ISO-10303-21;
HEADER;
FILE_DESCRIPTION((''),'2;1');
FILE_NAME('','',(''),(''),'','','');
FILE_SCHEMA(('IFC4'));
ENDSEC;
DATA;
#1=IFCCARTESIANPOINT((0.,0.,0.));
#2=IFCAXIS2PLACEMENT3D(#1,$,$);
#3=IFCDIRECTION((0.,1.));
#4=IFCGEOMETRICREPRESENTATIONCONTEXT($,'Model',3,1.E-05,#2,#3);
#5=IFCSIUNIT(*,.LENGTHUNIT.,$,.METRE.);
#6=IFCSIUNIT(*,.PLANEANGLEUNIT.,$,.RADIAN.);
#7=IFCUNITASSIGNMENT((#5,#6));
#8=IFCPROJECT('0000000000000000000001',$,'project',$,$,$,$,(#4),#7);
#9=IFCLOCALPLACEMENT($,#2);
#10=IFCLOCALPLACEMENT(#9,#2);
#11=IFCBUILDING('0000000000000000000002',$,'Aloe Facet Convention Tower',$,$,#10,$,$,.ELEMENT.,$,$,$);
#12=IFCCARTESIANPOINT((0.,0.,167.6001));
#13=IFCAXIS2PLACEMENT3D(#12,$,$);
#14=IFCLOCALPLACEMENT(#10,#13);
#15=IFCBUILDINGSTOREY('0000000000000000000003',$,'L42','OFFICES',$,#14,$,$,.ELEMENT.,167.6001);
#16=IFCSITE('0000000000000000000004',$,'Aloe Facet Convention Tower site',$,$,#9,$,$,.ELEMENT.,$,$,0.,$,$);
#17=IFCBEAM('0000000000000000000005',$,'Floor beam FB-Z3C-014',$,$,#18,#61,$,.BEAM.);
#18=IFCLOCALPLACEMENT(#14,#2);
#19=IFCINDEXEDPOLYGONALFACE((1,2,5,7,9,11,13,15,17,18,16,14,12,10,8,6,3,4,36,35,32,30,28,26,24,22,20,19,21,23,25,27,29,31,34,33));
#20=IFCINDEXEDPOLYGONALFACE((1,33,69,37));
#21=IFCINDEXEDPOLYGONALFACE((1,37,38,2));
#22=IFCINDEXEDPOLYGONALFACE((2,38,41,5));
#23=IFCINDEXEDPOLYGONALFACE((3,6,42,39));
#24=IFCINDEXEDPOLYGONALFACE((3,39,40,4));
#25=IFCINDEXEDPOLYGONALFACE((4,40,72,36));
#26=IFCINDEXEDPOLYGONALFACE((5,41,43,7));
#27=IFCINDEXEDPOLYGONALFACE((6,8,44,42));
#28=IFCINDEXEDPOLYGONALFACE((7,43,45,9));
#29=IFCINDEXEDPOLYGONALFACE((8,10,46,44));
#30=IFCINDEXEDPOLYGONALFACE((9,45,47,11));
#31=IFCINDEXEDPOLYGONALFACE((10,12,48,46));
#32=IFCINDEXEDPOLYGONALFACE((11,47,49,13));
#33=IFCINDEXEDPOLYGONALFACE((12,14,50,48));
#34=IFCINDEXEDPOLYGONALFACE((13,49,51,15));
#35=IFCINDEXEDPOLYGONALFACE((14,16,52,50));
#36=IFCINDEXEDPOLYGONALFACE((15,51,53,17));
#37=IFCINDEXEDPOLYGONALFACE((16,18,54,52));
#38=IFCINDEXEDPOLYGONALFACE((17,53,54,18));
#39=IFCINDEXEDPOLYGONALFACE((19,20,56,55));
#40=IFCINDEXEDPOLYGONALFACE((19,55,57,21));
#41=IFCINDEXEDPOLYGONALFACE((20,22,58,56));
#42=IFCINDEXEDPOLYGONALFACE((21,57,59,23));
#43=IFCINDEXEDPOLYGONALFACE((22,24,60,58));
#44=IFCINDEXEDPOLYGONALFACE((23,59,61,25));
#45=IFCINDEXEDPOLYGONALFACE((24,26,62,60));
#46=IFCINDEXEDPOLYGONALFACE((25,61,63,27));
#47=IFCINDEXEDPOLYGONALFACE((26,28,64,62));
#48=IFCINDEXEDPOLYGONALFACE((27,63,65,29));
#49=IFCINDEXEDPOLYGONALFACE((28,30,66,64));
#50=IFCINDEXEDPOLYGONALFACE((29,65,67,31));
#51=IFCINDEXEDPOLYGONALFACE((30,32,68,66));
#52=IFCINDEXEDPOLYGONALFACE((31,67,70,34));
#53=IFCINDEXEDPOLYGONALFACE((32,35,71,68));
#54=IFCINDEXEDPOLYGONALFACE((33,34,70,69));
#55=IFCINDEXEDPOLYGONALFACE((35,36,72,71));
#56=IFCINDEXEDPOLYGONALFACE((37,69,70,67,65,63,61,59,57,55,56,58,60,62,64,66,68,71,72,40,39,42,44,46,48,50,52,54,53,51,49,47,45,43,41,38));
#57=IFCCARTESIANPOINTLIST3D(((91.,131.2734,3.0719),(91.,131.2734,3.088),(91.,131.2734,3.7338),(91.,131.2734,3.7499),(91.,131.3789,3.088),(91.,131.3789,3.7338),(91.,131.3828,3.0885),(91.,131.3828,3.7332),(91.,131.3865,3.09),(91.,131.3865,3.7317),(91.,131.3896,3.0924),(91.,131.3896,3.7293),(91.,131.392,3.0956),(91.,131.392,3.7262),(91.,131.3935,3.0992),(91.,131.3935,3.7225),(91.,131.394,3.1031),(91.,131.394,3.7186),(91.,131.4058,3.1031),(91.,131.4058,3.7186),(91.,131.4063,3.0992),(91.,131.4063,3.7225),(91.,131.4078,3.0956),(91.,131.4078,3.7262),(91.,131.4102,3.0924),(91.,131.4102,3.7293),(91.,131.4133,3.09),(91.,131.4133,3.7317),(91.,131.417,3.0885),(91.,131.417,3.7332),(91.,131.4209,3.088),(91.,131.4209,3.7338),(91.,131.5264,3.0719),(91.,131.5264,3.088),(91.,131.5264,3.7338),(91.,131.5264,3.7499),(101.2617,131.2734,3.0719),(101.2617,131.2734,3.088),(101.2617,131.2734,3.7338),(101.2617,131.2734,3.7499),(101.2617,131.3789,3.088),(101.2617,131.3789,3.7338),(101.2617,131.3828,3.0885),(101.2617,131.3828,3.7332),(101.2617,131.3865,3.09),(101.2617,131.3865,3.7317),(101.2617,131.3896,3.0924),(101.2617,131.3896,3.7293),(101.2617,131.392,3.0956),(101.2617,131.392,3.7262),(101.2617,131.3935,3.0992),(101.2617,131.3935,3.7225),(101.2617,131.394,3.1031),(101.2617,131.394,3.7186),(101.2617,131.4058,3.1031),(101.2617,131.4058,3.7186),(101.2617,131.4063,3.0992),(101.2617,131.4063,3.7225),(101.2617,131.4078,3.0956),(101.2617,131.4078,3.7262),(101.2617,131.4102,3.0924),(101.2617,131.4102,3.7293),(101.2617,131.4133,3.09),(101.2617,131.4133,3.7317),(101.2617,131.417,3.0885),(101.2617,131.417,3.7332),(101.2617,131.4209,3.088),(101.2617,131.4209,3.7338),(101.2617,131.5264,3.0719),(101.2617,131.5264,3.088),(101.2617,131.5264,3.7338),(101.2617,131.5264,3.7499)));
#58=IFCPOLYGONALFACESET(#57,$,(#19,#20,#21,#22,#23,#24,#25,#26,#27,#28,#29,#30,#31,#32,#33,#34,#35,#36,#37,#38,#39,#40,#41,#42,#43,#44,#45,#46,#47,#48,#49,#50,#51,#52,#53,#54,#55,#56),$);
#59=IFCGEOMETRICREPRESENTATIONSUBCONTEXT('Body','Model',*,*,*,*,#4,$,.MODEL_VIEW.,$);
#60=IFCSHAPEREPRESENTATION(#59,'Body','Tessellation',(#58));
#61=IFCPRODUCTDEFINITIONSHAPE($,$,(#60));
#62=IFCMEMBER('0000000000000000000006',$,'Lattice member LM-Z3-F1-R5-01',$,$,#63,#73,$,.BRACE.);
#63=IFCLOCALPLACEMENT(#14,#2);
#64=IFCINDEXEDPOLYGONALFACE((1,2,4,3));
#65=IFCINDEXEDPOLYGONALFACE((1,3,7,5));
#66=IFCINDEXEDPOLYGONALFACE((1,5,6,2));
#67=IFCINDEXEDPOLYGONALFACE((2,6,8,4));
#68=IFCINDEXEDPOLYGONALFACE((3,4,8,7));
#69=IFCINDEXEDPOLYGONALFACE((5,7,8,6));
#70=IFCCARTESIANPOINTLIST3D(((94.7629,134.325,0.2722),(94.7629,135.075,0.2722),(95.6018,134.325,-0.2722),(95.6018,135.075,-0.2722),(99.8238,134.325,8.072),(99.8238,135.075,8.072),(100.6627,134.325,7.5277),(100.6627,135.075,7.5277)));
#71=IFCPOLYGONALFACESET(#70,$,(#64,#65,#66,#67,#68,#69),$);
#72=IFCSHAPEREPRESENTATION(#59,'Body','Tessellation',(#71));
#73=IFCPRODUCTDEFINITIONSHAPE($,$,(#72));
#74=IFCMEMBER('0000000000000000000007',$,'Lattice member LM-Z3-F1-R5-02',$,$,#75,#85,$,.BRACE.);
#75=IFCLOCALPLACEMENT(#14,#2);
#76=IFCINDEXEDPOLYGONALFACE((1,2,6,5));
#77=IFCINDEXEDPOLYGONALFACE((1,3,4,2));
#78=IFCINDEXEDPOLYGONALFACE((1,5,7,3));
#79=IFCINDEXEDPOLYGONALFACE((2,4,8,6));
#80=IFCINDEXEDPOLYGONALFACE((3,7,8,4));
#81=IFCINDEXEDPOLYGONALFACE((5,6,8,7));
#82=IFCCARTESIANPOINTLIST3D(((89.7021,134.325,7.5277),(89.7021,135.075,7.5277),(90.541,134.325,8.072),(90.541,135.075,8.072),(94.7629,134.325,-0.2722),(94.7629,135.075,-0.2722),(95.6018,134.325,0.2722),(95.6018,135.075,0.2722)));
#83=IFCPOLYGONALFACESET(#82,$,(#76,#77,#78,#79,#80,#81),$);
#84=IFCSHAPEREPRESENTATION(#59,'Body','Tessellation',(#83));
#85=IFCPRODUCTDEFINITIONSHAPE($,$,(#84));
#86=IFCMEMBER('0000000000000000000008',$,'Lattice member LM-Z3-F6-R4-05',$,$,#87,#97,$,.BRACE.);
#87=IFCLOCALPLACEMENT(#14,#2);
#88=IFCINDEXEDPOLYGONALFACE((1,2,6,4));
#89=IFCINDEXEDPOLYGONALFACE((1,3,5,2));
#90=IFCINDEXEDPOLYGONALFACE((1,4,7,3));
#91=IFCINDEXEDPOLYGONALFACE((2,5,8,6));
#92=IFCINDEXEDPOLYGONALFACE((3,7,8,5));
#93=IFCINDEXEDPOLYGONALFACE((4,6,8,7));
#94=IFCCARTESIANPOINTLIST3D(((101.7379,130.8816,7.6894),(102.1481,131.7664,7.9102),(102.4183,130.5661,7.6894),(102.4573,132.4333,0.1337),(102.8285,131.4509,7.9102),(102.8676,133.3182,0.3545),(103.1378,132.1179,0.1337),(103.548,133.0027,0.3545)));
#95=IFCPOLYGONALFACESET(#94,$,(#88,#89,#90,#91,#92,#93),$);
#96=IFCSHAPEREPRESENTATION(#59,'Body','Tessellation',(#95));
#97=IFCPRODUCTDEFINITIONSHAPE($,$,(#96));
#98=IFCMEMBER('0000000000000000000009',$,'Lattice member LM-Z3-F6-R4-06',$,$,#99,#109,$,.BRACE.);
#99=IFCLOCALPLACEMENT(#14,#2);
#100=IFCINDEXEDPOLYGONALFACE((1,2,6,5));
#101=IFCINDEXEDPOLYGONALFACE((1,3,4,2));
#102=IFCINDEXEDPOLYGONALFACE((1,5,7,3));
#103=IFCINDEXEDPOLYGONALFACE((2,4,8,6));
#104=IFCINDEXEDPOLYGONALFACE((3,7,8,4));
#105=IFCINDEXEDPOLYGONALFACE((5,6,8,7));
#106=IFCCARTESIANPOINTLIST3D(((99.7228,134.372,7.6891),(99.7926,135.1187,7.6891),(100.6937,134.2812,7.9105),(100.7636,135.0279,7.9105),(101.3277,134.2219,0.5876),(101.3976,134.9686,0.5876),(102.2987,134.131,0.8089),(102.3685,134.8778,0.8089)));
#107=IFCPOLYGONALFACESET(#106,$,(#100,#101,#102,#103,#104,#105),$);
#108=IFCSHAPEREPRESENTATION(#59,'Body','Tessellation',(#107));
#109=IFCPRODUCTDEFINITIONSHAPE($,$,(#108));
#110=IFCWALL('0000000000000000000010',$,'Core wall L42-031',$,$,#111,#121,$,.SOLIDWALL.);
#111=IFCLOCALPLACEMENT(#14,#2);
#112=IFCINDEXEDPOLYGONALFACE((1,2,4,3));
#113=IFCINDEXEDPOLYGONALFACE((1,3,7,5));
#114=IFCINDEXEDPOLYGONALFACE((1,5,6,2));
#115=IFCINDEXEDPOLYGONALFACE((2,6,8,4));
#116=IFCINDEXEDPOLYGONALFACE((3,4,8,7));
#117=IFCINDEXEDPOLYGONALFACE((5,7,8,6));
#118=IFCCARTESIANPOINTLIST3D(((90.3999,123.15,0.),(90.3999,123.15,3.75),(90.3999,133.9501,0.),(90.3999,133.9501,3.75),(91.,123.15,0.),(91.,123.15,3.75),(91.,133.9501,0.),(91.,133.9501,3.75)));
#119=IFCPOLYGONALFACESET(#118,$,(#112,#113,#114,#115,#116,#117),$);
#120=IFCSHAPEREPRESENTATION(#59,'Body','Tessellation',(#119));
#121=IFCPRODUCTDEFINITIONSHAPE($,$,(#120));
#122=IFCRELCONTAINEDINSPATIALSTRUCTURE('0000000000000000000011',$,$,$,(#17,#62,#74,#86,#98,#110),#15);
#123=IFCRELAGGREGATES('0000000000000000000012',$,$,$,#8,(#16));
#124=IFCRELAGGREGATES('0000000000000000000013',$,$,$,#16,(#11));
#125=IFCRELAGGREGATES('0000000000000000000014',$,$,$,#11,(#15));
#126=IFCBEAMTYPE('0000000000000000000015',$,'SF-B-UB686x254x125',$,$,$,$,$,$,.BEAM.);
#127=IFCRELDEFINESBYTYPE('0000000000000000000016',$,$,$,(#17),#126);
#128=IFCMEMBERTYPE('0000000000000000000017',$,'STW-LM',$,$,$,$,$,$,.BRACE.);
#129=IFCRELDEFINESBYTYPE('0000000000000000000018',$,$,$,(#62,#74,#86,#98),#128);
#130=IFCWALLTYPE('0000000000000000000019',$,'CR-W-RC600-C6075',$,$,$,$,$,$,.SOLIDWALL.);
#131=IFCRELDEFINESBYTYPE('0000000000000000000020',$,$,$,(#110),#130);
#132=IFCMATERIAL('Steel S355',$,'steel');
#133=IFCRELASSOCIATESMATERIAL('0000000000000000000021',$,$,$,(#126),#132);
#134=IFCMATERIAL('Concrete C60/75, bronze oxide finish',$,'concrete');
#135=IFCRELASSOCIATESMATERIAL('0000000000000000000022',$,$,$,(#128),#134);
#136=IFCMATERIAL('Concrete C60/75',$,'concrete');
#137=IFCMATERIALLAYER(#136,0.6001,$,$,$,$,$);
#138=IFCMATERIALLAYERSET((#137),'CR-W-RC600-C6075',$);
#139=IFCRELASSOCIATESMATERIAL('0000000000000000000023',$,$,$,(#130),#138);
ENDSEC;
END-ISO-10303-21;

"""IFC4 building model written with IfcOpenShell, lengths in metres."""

from ifc_helpers import new_model, si_unit, direction, frame, frame_2d, origin, origin_2d, place, context, subcontext, project, spatial, rectangle, i_section, extrude, material, layer, layer_set, material_profile, profile_set, type_object, element, save


model = new_model("IFC4")

# Units and contexts
model_context = context("Model", 3, precision=1e-05, world=origin(), true_north=direction((0.0, 1.0)))
body_context = subcontext(model_context, "Body", "Model", "MODEL_VIEW")
ifc_project = project(units=[si_unit("LENGTHUNIT", "METRE"), si_unit("PLANEANGLEUNIT", "RADIAN")], contexts=[model_context])

# Site, building, storey
site_placement = place(None, origin())
site = spatial("IfcSite", under=ifc_project, at=site_placement, Name="Aloe Facet Convention Tower site", CompositionType="ELEMENT", RefElevation=0.0)
building_placement = place(site_placement, origin())
building = spatial("IfcBuilding", under=site, at=building_placement, Name="Aloe Facet Convention Tower", CompositionType="ELEMENT")
storey_placement = place(building_placement, frame((0.0, 0.0, 167.6001)))
storey = spatial("IfcBuildingStorey", under=building, at=storey_placement, Name="L42", Description="OFFICES", CompositionType="ELEMENT", Elevation=167.6001)

# Beam
ifc_material_1 = material(Name="Steel S355", Category="steel")
ifc_material_profile_1 = material_profile(ifc_material_1, i_section(OverallWidth=0.2529, OverallDepth=0.678, WebThickness=0.0117, FlangeThickness=0.0161, FilletRadius=0.0151, at=origin_2d()), Name="UB 686x254x125")
ifc_profile_set_1 = profile_set([ifc_material_profile_1], Name="Steel S355")
beam_type_1 = type_object("IfcBeamType", Name="SF-B-UB686x254x125", PredefinedType="BEAM", material=ifc_profile_set_1)
beam_1_placement = place(storey_placement, frame((91.0, 131.3999, 3.4109), z_axis=(1.0, 0.0, 0.0), x_axis=(0.0, 1.0, 0.0)))
element("IfcBeam", 1, at=beam_1_placement, inside=storey, type_object=beam_type_1, Name="Floor beam FB-Z3C-014", PredefinedType="BEAM", context=body_context, shape_type="SweptSolid", body=[
    extrude(i_section(OverallWidth=0.2529, OverallDepth=0.678, WebThickness=0.0117, FlangeThickness=0.0161, FilletRadius=0.0151, at=origin_2d()), origin(), (0.0, 0.0, 1.0), 10.2617),
])

# Members
ifc_material_2 = material(Name="Concrete C60/75, bronze oxide finish", Category="concrete")
ifc_material_profile_2 = material_profile(ifc_material_2, rectangle(XDim=0.75, YDim=1.0, at=origin_2d()), Name="STW-LM")
ifc_profile_set_2 = profile_set([ifc_material_profile_2], Name="Concrete C60/75, bronze oxide finish")
member_type = type_object("IfcMemberType", Name="STW-LM", PredefinedType="BRACE", material=ifc_profile_set_2)
for number, where, z_axis, x_axis, name in (
    (2, (95.1824, 134.7, 0.0), (0.544301, 0.0, 0.83889), (0.0, 1.0, 0.0), "Lattice member LM-Z3-F1-R5-01"),
    (3, (95.1824, 134.7, 0.0), (-0.544301, 0.0, 0.83889), (0.0, -1.0, 0.0), "Lattice member LM-Z3-F1-R5-02"),
):
    element("IfcMember", number, at=place(storey_placement, frame(where, z_axis=z_axis, x_axis=x_axis)), inside=storey, type_object=member_type, Name=name, PredefinedType="BRACE", context=body_context, shape_type="SweptSolid", body=[
        extrude(rectangle(XDim=0.75, YDim=1.0, at=origin_2d()), origin(), (0.0, 0.0, 1.0), 9.2979),
    ])
member_1_placement = place(storey_placement, frame((103.0027, 132.718, 0.2441), z_axis=(-0.092874, -0.200308, 0.975321), x_axis=(0.907227, -0.420642, 0.0)))
element("IfcMember", 4, at=member_1_placement, inside=storey, type_object=member_type, Name="Lattice member LM-Z3-F6-R4-05", PredefinedType="BRACE", context=body_context, shape_type="SweptSolid", body=[
    extrude(rectangle(XDim=0.75, YDim=1.0, at=origin_2d()), origin(), (0.0, 0.0, 1.0), 7.7468),
])
member_2_placement = place(storey_placement, frame((101.8481, 134.5498, 0.6982), z_axis=(-0.220397, 0.020618, 0.975192), x_axis=(-0.093144, -0.995653, 0.0)))
element("IfcMember", 5, at=member_2_placement, inside=storey, type_object=member_type, Name="Lattice member LM-Z3-F6-R4-06", PredefinedType="BRACE", context=body_context, shape_type="SweptSolid", body=[
    extrude(rectangle(XDim=0.75, YDim=1.0, at=origin_2d()), origin(), (0.0, 0.0, 1.0), 7.2822),
])

# Wall
ifc_material_3 = material(Name="Concrete C60/75", Category="concrete")
ifc_layer_1 = layer(ifc_material_3, 0.6001)
ifc_layer_set_1 = layer_set([ifc_layer_1], Name="CR-W-RC600-C6075")
wall_type_1 = type_object("IfcWallType", Name="CR-W-RC600-C6075", PredefinedType="SOLIDWALL", material=ifc_layer_set_1)
wall_1_placement = place(storey_placement, frame((90.7, 133.95, 0.0), z_axis=(0.0, 0.0, 1.0), x_axis=(0.0, -1.0, 0.0)))
element("IfcWall", 6, at=wall_1_placement, inside=storey, type_object=wall_type_1, Name="Core wall L42-031", PredefinedType="SOLIDWALL", context=body_context, shape_type="SweptSolid", body=[
    extrude(rectangle(XDim=10.8, YDim=0.6001, at=frame_2d((5.3999, 0.0))), origin(), (0.0, 0.0, 1.0), 3.75),
])

save(model, "model.ifc")
